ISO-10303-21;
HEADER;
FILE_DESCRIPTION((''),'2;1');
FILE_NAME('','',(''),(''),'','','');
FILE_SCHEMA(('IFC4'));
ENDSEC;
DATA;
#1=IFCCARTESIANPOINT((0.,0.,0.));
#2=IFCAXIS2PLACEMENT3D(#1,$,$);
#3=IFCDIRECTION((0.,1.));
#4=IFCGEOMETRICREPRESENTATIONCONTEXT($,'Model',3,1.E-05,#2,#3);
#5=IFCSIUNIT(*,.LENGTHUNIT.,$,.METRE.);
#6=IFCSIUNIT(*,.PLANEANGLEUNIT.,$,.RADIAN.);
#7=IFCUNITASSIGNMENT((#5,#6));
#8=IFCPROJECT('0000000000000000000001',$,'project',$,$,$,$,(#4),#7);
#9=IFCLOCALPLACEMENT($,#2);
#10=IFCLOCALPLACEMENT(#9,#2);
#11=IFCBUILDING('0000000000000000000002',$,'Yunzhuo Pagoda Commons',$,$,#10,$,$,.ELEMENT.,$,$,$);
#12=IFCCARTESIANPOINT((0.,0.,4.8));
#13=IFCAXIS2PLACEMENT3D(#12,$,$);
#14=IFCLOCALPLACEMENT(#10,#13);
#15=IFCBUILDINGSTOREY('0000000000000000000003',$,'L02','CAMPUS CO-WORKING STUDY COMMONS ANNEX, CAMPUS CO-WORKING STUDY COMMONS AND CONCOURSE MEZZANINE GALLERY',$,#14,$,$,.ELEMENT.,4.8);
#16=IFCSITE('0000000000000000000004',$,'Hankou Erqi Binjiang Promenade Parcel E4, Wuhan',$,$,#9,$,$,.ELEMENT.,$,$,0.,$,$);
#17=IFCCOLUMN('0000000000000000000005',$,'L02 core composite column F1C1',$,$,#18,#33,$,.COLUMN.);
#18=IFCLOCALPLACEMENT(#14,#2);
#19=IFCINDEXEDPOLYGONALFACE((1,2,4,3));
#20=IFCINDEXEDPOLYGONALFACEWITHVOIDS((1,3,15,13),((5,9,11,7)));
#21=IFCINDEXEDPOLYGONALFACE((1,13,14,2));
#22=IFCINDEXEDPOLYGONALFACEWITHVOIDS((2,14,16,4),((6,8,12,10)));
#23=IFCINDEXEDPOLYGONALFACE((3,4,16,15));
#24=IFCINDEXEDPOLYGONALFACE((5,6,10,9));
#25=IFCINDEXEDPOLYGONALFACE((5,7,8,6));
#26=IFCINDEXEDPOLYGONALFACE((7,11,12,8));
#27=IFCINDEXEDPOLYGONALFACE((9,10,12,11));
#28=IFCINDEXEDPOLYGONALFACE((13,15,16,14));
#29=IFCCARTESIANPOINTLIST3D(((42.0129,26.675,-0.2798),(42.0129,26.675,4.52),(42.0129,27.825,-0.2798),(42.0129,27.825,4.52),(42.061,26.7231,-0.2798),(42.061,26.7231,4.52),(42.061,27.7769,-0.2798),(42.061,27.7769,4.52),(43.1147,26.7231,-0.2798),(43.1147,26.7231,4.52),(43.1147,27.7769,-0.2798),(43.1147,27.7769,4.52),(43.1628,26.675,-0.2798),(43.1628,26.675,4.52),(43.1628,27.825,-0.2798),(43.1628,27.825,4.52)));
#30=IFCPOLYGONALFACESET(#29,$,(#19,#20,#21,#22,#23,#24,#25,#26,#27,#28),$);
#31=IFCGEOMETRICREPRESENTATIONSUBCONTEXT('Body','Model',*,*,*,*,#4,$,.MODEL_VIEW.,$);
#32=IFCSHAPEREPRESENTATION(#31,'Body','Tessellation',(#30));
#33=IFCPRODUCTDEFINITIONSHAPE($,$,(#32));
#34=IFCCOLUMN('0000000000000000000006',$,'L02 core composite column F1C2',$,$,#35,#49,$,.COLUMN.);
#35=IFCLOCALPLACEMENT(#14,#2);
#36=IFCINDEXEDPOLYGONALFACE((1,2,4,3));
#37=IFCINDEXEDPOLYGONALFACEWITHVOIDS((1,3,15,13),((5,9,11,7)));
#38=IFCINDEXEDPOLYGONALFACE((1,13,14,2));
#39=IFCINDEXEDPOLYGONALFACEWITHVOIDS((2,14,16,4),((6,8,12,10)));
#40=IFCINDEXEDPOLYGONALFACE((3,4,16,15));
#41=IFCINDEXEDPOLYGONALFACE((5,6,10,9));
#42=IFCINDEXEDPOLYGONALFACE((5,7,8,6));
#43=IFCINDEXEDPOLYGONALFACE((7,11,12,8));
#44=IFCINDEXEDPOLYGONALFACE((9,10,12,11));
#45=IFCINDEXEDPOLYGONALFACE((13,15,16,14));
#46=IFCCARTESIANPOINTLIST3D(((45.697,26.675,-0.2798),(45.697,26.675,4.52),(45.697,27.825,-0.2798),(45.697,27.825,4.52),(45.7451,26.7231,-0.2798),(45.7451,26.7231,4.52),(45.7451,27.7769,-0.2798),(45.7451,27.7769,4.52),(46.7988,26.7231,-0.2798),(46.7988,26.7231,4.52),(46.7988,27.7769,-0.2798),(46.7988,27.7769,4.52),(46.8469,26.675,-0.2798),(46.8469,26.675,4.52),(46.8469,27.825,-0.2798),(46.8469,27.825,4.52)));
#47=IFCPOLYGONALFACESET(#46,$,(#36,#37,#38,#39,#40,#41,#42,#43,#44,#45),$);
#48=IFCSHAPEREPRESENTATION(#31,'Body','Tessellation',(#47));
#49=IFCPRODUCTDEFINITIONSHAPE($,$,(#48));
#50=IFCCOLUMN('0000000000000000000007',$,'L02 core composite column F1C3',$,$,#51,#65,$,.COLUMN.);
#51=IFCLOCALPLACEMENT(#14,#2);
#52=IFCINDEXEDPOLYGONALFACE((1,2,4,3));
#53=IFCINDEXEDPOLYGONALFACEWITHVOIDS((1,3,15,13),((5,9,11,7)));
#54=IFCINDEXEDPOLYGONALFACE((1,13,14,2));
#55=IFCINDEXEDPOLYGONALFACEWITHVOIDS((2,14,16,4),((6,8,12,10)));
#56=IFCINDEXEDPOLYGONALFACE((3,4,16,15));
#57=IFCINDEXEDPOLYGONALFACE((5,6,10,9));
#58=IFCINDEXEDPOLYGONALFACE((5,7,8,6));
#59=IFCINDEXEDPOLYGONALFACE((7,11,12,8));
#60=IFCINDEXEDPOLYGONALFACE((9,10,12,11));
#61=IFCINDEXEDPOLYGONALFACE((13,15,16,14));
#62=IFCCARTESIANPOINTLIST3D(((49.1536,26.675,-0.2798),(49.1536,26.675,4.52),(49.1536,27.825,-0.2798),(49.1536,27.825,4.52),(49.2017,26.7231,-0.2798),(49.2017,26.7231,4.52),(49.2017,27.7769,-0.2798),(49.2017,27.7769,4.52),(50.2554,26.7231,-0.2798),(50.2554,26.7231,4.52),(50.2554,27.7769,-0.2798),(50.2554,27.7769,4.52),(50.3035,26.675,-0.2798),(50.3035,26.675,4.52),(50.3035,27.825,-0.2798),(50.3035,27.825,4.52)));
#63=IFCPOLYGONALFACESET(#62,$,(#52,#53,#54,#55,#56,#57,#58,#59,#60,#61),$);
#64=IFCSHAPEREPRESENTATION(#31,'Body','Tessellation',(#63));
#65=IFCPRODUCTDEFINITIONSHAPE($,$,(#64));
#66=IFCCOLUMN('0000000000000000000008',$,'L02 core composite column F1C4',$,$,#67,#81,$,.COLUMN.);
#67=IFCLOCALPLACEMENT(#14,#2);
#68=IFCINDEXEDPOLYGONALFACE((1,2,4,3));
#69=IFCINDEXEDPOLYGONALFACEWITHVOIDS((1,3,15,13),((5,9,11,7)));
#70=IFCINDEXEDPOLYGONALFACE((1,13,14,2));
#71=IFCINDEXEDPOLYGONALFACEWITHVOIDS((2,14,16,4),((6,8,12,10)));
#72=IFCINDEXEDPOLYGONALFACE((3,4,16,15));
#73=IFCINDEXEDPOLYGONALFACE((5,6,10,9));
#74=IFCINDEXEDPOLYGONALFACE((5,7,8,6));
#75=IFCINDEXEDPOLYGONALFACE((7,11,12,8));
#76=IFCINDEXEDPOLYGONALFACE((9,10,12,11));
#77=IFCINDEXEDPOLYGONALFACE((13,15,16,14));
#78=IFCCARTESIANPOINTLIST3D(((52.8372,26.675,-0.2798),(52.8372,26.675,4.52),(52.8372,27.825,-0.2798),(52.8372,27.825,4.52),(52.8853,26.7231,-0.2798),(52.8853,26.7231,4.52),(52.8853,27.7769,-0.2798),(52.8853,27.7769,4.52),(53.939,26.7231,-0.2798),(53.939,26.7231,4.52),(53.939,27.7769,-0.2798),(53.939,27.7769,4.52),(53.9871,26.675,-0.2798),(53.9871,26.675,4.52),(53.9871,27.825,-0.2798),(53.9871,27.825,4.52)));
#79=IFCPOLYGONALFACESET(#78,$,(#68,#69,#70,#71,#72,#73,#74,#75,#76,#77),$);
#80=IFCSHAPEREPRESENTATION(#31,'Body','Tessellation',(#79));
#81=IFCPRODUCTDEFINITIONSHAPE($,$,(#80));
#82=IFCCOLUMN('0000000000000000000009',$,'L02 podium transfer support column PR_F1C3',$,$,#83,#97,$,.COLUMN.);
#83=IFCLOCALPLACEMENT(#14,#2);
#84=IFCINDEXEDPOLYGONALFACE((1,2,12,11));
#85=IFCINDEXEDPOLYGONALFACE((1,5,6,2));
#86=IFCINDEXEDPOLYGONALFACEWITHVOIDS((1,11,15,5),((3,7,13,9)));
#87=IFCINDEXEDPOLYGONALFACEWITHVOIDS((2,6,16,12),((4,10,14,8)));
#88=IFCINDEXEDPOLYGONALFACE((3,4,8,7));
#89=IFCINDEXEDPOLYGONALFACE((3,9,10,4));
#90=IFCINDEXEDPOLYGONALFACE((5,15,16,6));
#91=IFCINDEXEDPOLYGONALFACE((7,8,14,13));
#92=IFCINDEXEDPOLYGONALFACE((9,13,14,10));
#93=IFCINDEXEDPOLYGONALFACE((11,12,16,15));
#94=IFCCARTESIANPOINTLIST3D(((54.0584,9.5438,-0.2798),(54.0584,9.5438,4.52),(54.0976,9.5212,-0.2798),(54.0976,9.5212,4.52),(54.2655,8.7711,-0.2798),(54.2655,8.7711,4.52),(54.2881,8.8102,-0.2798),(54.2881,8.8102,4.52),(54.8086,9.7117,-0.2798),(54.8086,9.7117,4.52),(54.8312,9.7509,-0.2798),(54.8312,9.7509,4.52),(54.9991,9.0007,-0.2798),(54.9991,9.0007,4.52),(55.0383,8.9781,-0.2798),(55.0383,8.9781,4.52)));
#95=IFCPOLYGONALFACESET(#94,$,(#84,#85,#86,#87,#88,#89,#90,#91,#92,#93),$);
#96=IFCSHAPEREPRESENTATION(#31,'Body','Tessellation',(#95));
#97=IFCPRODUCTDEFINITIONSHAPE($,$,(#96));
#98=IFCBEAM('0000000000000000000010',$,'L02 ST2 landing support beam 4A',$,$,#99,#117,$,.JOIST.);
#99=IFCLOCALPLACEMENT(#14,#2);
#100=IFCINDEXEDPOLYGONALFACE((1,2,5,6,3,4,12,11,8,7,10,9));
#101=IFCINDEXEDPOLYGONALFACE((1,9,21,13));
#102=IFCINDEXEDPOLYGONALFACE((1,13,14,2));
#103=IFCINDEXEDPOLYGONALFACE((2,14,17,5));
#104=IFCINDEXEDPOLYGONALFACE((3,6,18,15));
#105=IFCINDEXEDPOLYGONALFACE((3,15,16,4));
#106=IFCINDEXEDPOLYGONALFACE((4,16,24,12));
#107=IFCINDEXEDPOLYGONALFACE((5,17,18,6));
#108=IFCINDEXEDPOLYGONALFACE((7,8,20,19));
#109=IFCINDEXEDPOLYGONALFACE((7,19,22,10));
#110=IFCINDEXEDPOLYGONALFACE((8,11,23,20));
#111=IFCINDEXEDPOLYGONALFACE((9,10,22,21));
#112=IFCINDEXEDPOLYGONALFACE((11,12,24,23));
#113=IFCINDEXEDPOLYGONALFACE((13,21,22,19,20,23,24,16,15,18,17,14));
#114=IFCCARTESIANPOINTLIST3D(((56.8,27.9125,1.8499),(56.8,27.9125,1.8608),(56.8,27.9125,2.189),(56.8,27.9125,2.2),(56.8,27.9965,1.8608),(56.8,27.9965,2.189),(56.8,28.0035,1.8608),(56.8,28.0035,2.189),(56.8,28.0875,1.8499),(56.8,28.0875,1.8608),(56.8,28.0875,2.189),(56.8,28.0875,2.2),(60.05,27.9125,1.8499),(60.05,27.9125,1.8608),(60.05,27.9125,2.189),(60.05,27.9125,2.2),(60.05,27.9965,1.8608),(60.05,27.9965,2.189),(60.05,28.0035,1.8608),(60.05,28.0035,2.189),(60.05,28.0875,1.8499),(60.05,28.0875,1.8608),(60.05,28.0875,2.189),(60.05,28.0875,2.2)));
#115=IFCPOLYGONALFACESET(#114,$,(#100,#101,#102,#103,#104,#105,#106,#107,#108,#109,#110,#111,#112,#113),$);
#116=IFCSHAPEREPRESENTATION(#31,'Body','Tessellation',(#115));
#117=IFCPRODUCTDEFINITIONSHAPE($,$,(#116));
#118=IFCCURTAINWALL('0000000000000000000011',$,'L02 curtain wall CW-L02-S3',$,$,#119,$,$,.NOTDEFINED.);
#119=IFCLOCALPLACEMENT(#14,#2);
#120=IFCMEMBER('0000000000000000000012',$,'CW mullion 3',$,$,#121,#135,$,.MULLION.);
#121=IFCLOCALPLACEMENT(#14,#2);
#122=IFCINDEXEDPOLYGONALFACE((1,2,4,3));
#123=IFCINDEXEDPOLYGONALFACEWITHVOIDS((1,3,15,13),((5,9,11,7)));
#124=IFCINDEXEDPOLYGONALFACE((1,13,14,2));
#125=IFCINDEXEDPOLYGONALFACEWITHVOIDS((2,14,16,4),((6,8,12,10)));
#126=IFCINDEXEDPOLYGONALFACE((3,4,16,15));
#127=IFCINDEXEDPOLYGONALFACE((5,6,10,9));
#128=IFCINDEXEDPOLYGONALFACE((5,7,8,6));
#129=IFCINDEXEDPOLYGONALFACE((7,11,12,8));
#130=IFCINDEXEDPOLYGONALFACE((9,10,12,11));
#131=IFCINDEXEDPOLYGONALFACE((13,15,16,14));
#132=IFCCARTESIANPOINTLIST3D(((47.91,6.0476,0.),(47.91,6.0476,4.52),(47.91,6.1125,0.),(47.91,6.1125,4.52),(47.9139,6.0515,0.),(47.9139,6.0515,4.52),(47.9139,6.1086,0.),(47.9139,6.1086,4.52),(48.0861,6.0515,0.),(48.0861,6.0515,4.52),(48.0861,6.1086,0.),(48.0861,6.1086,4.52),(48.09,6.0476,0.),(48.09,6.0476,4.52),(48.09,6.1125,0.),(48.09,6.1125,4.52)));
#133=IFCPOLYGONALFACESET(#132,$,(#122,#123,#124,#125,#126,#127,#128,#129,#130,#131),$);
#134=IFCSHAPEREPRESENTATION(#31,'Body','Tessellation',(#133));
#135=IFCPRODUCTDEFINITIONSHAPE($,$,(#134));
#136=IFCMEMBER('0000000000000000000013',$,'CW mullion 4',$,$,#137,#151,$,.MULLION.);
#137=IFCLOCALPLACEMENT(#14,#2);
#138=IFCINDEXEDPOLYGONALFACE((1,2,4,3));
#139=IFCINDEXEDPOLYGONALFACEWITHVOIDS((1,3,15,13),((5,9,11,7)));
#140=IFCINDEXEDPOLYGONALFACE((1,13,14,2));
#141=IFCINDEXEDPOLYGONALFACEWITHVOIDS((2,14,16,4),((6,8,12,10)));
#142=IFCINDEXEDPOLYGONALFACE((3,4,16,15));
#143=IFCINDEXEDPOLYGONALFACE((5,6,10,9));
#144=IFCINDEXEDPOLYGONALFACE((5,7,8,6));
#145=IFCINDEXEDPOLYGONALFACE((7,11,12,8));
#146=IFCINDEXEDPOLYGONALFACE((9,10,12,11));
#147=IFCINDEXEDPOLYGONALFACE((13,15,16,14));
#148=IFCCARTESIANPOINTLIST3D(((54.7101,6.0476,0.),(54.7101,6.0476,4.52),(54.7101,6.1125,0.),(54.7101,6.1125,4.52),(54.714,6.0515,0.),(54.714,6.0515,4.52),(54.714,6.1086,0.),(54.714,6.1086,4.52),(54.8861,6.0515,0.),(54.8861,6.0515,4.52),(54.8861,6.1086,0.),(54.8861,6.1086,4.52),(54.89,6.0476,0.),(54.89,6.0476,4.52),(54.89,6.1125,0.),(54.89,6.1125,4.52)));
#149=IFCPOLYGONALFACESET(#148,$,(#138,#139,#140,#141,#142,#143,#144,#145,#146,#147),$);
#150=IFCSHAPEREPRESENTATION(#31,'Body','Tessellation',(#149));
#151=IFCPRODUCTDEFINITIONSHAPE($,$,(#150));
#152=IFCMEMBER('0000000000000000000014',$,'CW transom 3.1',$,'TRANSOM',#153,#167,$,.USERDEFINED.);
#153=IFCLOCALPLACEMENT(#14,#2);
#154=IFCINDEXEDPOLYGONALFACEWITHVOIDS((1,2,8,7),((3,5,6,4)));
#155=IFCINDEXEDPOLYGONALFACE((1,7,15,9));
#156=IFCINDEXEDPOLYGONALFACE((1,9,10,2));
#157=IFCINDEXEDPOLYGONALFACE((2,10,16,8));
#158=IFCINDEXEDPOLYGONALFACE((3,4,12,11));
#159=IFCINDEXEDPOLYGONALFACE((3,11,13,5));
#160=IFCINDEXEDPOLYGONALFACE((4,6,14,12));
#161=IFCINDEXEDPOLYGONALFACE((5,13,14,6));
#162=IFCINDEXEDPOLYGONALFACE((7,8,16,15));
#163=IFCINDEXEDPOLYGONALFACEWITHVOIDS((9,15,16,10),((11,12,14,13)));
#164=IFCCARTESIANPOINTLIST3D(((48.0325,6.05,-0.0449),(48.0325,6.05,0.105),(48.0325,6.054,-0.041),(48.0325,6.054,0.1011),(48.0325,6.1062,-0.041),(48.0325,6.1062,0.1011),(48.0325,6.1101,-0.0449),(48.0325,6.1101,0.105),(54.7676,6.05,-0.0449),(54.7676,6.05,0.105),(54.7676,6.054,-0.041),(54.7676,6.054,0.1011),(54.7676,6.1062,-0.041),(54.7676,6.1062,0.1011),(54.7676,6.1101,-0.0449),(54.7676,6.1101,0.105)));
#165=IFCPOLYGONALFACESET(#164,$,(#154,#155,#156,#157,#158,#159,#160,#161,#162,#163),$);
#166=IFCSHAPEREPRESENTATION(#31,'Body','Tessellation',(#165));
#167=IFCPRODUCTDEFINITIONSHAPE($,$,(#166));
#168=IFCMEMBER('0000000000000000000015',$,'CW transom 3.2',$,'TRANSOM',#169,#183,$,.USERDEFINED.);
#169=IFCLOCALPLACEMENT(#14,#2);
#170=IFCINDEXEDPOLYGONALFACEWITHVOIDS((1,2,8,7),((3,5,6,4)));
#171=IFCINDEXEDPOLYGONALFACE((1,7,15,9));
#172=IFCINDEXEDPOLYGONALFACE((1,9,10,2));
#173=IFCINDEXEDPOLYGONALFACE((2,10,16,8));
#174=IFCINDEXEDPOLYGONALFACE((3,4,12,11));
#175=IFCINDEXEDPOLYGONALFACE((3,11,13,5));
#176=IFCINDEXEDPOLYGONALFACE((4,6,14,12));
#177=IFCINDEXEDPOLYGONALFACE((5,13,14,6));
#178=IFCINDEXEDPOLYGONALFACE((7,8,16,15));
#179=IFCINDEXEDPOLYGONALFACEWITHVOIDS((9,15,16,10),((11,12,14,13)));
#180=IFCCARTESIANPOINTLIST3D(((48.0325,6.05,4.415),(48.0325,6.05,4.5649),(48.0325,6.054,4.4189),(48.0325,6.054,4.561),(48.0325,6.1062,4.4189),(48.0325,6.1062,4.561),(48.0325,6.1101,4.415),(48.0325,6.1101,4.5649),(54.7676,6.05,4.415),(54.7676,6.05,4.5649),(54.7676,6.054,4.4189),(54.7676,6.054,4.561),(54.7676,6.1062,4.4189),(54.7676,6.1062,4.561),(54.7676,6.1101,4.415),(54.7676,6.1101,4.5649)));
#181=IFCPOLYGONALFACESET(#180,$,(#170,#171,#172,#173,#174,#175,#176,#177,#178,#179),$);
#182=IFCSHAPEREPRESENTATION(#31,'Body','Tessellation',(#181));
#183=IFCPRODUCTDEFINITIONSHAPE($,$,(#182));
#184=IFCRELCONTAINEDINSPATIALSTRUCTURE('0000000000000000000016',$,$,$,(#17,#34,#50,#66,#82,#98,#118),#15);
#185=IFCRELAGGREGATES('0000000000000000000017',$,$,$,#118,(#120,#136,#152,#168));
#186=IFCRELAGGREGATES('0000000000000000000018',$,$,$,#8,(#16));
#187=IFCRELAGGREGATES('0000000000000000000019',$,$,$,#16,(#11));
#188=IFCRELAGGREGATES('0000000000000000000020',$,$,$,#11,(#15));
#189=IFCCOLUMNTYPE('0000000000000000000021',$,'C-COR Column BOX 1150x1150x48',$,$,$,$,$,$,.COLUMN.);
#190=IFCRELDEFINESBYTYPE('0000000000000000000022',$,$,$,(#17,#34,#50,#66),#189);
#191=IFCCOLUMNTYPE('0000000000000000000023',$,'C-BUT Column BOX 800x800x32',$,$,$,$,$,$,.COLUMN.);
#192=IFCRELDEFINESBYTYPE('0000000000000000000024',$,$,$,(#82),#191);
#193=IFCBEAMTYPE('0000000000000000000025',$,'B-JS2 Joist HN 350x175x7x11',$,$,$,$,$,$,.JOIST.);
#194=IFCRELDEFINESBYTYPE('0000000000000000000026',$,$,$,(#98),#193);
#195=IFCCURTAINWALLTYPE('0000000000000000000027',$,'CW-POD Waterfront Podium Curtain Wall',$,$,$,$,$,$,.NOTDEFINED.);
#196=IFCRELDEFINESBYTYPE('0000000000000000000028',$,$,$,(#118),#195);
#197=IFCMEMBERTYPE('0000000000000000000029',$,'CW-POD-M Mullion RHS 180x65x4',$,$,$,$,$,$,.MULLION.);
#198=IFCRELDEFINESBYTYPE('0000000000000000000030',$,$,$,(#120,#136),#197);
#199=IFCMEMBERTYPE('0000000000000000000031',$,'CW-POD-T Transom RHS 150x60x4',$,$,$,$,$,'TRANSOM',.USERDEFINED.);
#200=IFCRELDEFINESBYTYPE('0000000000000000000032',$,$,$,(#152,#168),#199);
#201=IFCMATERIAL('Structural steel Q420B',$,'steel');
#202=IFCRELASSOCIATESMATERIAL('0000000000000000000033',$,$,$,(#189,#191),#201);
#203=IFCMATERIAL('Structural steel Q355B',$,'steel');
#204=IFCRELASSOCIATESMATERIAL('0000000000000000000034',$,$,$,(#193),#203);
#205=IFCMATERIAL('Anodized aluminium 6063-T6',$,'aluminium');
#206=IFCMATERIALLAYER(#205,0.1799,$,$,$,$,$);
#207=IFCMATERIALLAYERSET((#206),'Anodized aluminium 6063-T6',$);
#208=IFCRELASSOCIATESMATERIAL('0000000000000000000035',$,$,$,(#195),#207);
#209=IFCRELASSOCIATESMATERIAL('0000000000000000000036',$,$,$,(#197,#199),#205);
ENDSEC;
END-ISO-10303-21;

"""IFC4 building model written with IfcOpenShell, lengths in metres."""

from ifc_helpers import new_model, si_unit, direction, frame, origin, origin_2d, place, context, subcontext, project, spatial, hollow_rectangle, i_section, extrude, source, transform, mapped, material, layer, layer_set, material_profile, profile_set, type_object, element, aggregate, save


model = new_model("IFC4")

# Units and contexts
model_context = context("Model", 3, precision=1e-05, world=origin(), true_north=direction((0.0, 1.0)))
body_context = subcontext(model_context, "Body", "Model", "MODEL_VIEW")
ifc_project = project(units=[si_unit("LENGTHUNIT", "METRE"), si_unit("PLANEANGLEUNIT", "RADIAN")], contexts=[model_context])

# Site, building, storey
site_placement = place(None, origin())
site = spatial("IfcSite", under=ifc_project, at=site_placement, Name="Hankou Erqi Binjiang Promenade Parcel E4, Wuhan", CompositionType="ELEMENT", RefElevation=0.0)
building_placement = place(site_placement, origin())
building = spatial("IfcBuilding", under=site, at=building_placement, Name="Yunzhuo Pagoda Commons", CompositionType="ELEMENT")
storey_placement = place(building_placement, frame((0.0, 0.0, 4.8)))
storey = spatial("IfcBuildingStorey", under=building, at=storey_placement, Name="L02", Description="CAMPUS CO-WORKING STUDY COMMONS ANNEX, CAMPUS CO-WORKING STUDY COMMONS AND CONCOURSE MEZZANINE GALLERY", CompositionType="ELEMENT", Elevation=4.8)

# Columns
ifc_material_1 = material(Name="Structural steel Q420B", Category="steel")
ifc_material_profile_1 = material_profile(ifc_material_1, hollow_rectangle(XDim=1.1499, YDim=1.1499, WallThickness=0.0481, at=origin_2d()), Name="Structural steel Q420B")
ifc_profile_set_1 = profile_set([ifc_material_profile_1], Name="Structural steel Q420B")
column_type_1 = type_object("IfcColumnType", Name="C-COR Column BOX 1150x1150x48", PredefinedType="COLUMN", material=ifc_profile_set_1)
shared_shape_1 = source(origin(), body_context, "Body", "SweptSolid", [
    extrude(hollow_rectangle(XDim=1.1499, YDim=1.1499, WallThickness=0.0481, at=origin_2d()), origin(), (0.0, 0.0, 1.0), 4.7998),
])
for number, where, z_axis, x_axis, name in (
    (1, (42.5879, 27.25, -0.2798), (0.0, 0.0, 1.0), (1.0, 0.0, 0.0), "L02 core composite column F1C1"),
    (2, (46.272, 27.25, -0.2798), (0.0, 0.0, 1.0), (1.0, 0.0, 0.0), "L02 core composite column F1C2"),
    (3, (49.7285, 27.25, -0.2798), (0.0, 0.0, 1.0), (1.0, 0.0, 0.0), "L02 core composite column F1C3"),
    (4, (53.4121, 27.25, -0.2798), (0.0, 0.0, 1.0), (1.0, 0.0, 0.0), "L02 core composite column F1C4"),
):
    element("IfcColumn", number, at=place(storey_placement, frame(where, z_axis=z_axis, x_axis=x_axis)), inside=storey, type_object=column_type_1, Name=name, PredefinedType="COLUMN", context=body_context, shape_type="MappedRepresentation", body=[
        mapped(shared_shape_1, transform((0.0, 0.0, 0.0), scale=1.0)),
    ])
ifc_material_profile_2 = material_profile(ifc_material_1, hollow_rectangle(XDim=0.8, YDim=0.8, WallThickness=0.032, at=origin_2d()), Name="Structural steel Q420B")
ifc_profile_set_2 = profile_set([ifc_material_profile_2], Name="Structural steel Q420B")
column_type_2 = type_object("IfcColumnType", Name="C-BUT Column BOX 800x800x32", PredefinedType="COLUMN", material=ifc_profile_set_2)
shared_shape_2 = source(origin(), body_context, "Body", "SweptSolid", [
    extrude(hollow_rectangle(XDim=0.8, YDim=0.8, WallThickness=0.032, at=origin_2d()), origin(), (0.0, 0.0, 1.0), 4.7998),
])
column_placement = place(storey_placement, frame((54.5483, 9.261, -0.2798), z_axis=(0.0, 0.0, 1.0), x_axis=(0.965926, 0.258819, 0.0)))
element("IfcColumn", 5, at=column_placement, inside=storey, type_object=column_type_2, Name="L02 podium transfer support column PR_F1C3", PredefinedType="COLUMN", context=body_context, shape_type="MappedRepresentation", body=[
    mapped(shared_shape_2, transform((0.0, 0.0, 0.0), scale=1.0)),
])

# Beam
ifc_material_2 = material(Name="Structural steel Q355B", Category="steel")
ifc_material_profile_3 = material_profile(ifc_material_2, i_section(OverallWidth=0.175, OverallDepth=0.3501, WebThickness=0.0071, FlangeThickness=0.011, at=origin_2d()), Name="Structural steel Q355B")
ifc_profile_set_3 = profile_set([ifc_material_profile_3], Name="Structural steel Q355B")
beam_type = type_object("IfcBeamType", Name="B-JS2 Joist HN 350x175x7x11", PredefinedType="JOIST", material=ifc_profile_set_3)
shared_shape_3 = source(origin(), body_context, "Body", "SweptSolid", [
    extrude(i_section(OverallWidth=0.175, OverallDepth=0.3501, WebThickness=0.0071, FlangeThickness=0.011, at=origin_2d()), origin(), (0.0, 0.0, 1.0), 3.25),
])
beam_placement = place(storey_placement, frame((56.8, 28.0, 2.0249), z_axis=(1.0, 0.0, 0.0), x_axis=(0.0, 1.0, 0.0)))
element("IfcBeam", 6, at=beam_placement, inside=storey, type_object=beam_type, Name="L02 ST2 landing support beam 4A", PredefinedType="JOIST", context=body_context, shape_type="MappedRepresentation", body=[
    mapped(shared_shape_3, transform((0.0, 0.0, 0.0), scale=1.0)),
])

# Curtain wall, members
ifc_material_3 = material(Name="Anodized aluminium 6063-T6", Category="aluminium")
ifc_layer_1 = layer(ifc_material_3, 0.1799)
ifc_layer_set_1 = layer_set([ifc_layer_1], Name="Anodized aluminium 6063-T6")
curtain_wall_type = type_object("IfcCurtainWallType", Name="CW-POD Waterfront Podium Curtain Wall", PredefinedType="NOTDEFINED", material=ifc_layer_set_1)
curtain_wall_placement = place(storey_placement, origin())
curtain_wall = element("IfcCurtainWall", 7, at=curtain_wall_placement, inside=storey, type_object=curtain_wall_type, Name="L02 curtain wall CW-L02-S3", PredefinedType="NOTDEFINED")
ifc_material_profile_4 = material_profile(ifc_material_3, hollow_rectangle(XDim=0.0649, YDim=0.1799, WallThickness=0.0039, at=origin_2d()), Name="Anodized aluminium 6063-T6")
ifc_profile_set_4 = profile_set([ifc_material_profile_4], Name="Anodized aluminium 6063-T6")
member_type_1 = type_object("IfcMemberType", Name="CW-POD-M Mullion RHS 180x65x4", PredefinedType="MULLION", material=ifc_profile_set_4)
shared_shape_4 = source(origin(), body_context, "Body", "SweptSolid", [
    extrude(hollow_rectangle(XDim=0.0649, YDim=0.1799, WallThickness=0.0039, at=origin_2d()), origin(), (0.0, 0.0, 1.0), 4.52),
])
member_1_placement = place(storey_placement, frame((48.0, 6.0801, 0.0), z_axis=(0.0, 0.0, 1.0), x_axis=(0.0, 1.0, 0.0)))
member_1 = element("IfcMember", 8, at=member_1_placement, type_object=member_type_1, Name="CW mullion 3", PredefinedType="MULLION", context=body_context, shape_type="MappedRepresentation", body=[
    mapped(shared_shape_4, transform((0.0, 0.0, 0.0), scale=1.0)),
])
member_2_placement = place(storey_placement, frame((54.8, 6.0801, 0.0), z_axis=(0.0, 0.0, 1.0), x_axis=(0.0, 1.0, 0.0)))
member_2 = element("IfcMember", 9, at=member_2_placement, type_object=member_type_1, Name="CW mullion 4", PredefinedType="MULLION", context=body_context, shape_type="MappedRepresentation", body=[
    mapped(shared_shape_4, transform((0.0, 0.0, 0.0), scale=1.0)),
])
ifc_material_profile_5 = material_profile(ifc_material_3, hollow_rectangle(XDim=0.0601, YDim=0.1499, WallThickness=0.0039, at=origin_2d()), Name="Anodized aluminium 6063-T6")
ifc_profile_set_5 = profile_set([ifc_material_profile_5], Name="Anodized aluminium 6063-T6")
member_type_2 = type_object("IfcMemberType", Name="CW-POD-T Transom RHS 150x60x4", ElementType="TRANSOM", PredefinedType="USERDEFINED", material=ifc_profile_set_5)
shared_shape_5 = source(origin(), body_context, "Body", "SweptSolid", [
    extrude(hollow_rectangle(XDim=0.0601, YDim=0.1499, WallThickness=0.0039, at=origin_2d()), origin(), (0.0, 0.0, 1.0), 6.7351),
])
member_3_placement = place(storey_placement, frame((48.0325, 6.0801, 0.03), z_axis=(1.0, 0.0, 0.0), x_axis=(0.0, 1.0, 0.0)))
member_3 = element("IfcMember", 10, at=member_3_placement, type_object=member_type_2, Name="CW transom 3.1", ObjectType="TRANSOM", PredefinedType="USERDEFINED", context=body_context, shape_type="MappedRepresentation", body=[
    mapped(shared_shape_5, transform((0.0, 0.0, 0.0), scale=1.0)),
])
member_4_placement = place(storey_placement, frame((48.0325, 6.0801, 4.49), z_axis=(1.0, 0.0, 0.0), x_axis=(0.0, 1.0, 0.0)))
member_4 = element("IfcMember", 11, at=member_4_placement, type_object=member_type_2, Name="CW transom 3.2", ObjectType="TRANSOM", PredefinedType="USERDEFINED", context=body_context, shape_type="MappedRepresentation", body=[
    mapped(shared_shape_5, transform((0.0, 0.0, 0.0), scale=1.0)),
])
aggregate(curtain_wall, [member_1, member_2, member_3, member_4])

save(model, "model.ifc")
